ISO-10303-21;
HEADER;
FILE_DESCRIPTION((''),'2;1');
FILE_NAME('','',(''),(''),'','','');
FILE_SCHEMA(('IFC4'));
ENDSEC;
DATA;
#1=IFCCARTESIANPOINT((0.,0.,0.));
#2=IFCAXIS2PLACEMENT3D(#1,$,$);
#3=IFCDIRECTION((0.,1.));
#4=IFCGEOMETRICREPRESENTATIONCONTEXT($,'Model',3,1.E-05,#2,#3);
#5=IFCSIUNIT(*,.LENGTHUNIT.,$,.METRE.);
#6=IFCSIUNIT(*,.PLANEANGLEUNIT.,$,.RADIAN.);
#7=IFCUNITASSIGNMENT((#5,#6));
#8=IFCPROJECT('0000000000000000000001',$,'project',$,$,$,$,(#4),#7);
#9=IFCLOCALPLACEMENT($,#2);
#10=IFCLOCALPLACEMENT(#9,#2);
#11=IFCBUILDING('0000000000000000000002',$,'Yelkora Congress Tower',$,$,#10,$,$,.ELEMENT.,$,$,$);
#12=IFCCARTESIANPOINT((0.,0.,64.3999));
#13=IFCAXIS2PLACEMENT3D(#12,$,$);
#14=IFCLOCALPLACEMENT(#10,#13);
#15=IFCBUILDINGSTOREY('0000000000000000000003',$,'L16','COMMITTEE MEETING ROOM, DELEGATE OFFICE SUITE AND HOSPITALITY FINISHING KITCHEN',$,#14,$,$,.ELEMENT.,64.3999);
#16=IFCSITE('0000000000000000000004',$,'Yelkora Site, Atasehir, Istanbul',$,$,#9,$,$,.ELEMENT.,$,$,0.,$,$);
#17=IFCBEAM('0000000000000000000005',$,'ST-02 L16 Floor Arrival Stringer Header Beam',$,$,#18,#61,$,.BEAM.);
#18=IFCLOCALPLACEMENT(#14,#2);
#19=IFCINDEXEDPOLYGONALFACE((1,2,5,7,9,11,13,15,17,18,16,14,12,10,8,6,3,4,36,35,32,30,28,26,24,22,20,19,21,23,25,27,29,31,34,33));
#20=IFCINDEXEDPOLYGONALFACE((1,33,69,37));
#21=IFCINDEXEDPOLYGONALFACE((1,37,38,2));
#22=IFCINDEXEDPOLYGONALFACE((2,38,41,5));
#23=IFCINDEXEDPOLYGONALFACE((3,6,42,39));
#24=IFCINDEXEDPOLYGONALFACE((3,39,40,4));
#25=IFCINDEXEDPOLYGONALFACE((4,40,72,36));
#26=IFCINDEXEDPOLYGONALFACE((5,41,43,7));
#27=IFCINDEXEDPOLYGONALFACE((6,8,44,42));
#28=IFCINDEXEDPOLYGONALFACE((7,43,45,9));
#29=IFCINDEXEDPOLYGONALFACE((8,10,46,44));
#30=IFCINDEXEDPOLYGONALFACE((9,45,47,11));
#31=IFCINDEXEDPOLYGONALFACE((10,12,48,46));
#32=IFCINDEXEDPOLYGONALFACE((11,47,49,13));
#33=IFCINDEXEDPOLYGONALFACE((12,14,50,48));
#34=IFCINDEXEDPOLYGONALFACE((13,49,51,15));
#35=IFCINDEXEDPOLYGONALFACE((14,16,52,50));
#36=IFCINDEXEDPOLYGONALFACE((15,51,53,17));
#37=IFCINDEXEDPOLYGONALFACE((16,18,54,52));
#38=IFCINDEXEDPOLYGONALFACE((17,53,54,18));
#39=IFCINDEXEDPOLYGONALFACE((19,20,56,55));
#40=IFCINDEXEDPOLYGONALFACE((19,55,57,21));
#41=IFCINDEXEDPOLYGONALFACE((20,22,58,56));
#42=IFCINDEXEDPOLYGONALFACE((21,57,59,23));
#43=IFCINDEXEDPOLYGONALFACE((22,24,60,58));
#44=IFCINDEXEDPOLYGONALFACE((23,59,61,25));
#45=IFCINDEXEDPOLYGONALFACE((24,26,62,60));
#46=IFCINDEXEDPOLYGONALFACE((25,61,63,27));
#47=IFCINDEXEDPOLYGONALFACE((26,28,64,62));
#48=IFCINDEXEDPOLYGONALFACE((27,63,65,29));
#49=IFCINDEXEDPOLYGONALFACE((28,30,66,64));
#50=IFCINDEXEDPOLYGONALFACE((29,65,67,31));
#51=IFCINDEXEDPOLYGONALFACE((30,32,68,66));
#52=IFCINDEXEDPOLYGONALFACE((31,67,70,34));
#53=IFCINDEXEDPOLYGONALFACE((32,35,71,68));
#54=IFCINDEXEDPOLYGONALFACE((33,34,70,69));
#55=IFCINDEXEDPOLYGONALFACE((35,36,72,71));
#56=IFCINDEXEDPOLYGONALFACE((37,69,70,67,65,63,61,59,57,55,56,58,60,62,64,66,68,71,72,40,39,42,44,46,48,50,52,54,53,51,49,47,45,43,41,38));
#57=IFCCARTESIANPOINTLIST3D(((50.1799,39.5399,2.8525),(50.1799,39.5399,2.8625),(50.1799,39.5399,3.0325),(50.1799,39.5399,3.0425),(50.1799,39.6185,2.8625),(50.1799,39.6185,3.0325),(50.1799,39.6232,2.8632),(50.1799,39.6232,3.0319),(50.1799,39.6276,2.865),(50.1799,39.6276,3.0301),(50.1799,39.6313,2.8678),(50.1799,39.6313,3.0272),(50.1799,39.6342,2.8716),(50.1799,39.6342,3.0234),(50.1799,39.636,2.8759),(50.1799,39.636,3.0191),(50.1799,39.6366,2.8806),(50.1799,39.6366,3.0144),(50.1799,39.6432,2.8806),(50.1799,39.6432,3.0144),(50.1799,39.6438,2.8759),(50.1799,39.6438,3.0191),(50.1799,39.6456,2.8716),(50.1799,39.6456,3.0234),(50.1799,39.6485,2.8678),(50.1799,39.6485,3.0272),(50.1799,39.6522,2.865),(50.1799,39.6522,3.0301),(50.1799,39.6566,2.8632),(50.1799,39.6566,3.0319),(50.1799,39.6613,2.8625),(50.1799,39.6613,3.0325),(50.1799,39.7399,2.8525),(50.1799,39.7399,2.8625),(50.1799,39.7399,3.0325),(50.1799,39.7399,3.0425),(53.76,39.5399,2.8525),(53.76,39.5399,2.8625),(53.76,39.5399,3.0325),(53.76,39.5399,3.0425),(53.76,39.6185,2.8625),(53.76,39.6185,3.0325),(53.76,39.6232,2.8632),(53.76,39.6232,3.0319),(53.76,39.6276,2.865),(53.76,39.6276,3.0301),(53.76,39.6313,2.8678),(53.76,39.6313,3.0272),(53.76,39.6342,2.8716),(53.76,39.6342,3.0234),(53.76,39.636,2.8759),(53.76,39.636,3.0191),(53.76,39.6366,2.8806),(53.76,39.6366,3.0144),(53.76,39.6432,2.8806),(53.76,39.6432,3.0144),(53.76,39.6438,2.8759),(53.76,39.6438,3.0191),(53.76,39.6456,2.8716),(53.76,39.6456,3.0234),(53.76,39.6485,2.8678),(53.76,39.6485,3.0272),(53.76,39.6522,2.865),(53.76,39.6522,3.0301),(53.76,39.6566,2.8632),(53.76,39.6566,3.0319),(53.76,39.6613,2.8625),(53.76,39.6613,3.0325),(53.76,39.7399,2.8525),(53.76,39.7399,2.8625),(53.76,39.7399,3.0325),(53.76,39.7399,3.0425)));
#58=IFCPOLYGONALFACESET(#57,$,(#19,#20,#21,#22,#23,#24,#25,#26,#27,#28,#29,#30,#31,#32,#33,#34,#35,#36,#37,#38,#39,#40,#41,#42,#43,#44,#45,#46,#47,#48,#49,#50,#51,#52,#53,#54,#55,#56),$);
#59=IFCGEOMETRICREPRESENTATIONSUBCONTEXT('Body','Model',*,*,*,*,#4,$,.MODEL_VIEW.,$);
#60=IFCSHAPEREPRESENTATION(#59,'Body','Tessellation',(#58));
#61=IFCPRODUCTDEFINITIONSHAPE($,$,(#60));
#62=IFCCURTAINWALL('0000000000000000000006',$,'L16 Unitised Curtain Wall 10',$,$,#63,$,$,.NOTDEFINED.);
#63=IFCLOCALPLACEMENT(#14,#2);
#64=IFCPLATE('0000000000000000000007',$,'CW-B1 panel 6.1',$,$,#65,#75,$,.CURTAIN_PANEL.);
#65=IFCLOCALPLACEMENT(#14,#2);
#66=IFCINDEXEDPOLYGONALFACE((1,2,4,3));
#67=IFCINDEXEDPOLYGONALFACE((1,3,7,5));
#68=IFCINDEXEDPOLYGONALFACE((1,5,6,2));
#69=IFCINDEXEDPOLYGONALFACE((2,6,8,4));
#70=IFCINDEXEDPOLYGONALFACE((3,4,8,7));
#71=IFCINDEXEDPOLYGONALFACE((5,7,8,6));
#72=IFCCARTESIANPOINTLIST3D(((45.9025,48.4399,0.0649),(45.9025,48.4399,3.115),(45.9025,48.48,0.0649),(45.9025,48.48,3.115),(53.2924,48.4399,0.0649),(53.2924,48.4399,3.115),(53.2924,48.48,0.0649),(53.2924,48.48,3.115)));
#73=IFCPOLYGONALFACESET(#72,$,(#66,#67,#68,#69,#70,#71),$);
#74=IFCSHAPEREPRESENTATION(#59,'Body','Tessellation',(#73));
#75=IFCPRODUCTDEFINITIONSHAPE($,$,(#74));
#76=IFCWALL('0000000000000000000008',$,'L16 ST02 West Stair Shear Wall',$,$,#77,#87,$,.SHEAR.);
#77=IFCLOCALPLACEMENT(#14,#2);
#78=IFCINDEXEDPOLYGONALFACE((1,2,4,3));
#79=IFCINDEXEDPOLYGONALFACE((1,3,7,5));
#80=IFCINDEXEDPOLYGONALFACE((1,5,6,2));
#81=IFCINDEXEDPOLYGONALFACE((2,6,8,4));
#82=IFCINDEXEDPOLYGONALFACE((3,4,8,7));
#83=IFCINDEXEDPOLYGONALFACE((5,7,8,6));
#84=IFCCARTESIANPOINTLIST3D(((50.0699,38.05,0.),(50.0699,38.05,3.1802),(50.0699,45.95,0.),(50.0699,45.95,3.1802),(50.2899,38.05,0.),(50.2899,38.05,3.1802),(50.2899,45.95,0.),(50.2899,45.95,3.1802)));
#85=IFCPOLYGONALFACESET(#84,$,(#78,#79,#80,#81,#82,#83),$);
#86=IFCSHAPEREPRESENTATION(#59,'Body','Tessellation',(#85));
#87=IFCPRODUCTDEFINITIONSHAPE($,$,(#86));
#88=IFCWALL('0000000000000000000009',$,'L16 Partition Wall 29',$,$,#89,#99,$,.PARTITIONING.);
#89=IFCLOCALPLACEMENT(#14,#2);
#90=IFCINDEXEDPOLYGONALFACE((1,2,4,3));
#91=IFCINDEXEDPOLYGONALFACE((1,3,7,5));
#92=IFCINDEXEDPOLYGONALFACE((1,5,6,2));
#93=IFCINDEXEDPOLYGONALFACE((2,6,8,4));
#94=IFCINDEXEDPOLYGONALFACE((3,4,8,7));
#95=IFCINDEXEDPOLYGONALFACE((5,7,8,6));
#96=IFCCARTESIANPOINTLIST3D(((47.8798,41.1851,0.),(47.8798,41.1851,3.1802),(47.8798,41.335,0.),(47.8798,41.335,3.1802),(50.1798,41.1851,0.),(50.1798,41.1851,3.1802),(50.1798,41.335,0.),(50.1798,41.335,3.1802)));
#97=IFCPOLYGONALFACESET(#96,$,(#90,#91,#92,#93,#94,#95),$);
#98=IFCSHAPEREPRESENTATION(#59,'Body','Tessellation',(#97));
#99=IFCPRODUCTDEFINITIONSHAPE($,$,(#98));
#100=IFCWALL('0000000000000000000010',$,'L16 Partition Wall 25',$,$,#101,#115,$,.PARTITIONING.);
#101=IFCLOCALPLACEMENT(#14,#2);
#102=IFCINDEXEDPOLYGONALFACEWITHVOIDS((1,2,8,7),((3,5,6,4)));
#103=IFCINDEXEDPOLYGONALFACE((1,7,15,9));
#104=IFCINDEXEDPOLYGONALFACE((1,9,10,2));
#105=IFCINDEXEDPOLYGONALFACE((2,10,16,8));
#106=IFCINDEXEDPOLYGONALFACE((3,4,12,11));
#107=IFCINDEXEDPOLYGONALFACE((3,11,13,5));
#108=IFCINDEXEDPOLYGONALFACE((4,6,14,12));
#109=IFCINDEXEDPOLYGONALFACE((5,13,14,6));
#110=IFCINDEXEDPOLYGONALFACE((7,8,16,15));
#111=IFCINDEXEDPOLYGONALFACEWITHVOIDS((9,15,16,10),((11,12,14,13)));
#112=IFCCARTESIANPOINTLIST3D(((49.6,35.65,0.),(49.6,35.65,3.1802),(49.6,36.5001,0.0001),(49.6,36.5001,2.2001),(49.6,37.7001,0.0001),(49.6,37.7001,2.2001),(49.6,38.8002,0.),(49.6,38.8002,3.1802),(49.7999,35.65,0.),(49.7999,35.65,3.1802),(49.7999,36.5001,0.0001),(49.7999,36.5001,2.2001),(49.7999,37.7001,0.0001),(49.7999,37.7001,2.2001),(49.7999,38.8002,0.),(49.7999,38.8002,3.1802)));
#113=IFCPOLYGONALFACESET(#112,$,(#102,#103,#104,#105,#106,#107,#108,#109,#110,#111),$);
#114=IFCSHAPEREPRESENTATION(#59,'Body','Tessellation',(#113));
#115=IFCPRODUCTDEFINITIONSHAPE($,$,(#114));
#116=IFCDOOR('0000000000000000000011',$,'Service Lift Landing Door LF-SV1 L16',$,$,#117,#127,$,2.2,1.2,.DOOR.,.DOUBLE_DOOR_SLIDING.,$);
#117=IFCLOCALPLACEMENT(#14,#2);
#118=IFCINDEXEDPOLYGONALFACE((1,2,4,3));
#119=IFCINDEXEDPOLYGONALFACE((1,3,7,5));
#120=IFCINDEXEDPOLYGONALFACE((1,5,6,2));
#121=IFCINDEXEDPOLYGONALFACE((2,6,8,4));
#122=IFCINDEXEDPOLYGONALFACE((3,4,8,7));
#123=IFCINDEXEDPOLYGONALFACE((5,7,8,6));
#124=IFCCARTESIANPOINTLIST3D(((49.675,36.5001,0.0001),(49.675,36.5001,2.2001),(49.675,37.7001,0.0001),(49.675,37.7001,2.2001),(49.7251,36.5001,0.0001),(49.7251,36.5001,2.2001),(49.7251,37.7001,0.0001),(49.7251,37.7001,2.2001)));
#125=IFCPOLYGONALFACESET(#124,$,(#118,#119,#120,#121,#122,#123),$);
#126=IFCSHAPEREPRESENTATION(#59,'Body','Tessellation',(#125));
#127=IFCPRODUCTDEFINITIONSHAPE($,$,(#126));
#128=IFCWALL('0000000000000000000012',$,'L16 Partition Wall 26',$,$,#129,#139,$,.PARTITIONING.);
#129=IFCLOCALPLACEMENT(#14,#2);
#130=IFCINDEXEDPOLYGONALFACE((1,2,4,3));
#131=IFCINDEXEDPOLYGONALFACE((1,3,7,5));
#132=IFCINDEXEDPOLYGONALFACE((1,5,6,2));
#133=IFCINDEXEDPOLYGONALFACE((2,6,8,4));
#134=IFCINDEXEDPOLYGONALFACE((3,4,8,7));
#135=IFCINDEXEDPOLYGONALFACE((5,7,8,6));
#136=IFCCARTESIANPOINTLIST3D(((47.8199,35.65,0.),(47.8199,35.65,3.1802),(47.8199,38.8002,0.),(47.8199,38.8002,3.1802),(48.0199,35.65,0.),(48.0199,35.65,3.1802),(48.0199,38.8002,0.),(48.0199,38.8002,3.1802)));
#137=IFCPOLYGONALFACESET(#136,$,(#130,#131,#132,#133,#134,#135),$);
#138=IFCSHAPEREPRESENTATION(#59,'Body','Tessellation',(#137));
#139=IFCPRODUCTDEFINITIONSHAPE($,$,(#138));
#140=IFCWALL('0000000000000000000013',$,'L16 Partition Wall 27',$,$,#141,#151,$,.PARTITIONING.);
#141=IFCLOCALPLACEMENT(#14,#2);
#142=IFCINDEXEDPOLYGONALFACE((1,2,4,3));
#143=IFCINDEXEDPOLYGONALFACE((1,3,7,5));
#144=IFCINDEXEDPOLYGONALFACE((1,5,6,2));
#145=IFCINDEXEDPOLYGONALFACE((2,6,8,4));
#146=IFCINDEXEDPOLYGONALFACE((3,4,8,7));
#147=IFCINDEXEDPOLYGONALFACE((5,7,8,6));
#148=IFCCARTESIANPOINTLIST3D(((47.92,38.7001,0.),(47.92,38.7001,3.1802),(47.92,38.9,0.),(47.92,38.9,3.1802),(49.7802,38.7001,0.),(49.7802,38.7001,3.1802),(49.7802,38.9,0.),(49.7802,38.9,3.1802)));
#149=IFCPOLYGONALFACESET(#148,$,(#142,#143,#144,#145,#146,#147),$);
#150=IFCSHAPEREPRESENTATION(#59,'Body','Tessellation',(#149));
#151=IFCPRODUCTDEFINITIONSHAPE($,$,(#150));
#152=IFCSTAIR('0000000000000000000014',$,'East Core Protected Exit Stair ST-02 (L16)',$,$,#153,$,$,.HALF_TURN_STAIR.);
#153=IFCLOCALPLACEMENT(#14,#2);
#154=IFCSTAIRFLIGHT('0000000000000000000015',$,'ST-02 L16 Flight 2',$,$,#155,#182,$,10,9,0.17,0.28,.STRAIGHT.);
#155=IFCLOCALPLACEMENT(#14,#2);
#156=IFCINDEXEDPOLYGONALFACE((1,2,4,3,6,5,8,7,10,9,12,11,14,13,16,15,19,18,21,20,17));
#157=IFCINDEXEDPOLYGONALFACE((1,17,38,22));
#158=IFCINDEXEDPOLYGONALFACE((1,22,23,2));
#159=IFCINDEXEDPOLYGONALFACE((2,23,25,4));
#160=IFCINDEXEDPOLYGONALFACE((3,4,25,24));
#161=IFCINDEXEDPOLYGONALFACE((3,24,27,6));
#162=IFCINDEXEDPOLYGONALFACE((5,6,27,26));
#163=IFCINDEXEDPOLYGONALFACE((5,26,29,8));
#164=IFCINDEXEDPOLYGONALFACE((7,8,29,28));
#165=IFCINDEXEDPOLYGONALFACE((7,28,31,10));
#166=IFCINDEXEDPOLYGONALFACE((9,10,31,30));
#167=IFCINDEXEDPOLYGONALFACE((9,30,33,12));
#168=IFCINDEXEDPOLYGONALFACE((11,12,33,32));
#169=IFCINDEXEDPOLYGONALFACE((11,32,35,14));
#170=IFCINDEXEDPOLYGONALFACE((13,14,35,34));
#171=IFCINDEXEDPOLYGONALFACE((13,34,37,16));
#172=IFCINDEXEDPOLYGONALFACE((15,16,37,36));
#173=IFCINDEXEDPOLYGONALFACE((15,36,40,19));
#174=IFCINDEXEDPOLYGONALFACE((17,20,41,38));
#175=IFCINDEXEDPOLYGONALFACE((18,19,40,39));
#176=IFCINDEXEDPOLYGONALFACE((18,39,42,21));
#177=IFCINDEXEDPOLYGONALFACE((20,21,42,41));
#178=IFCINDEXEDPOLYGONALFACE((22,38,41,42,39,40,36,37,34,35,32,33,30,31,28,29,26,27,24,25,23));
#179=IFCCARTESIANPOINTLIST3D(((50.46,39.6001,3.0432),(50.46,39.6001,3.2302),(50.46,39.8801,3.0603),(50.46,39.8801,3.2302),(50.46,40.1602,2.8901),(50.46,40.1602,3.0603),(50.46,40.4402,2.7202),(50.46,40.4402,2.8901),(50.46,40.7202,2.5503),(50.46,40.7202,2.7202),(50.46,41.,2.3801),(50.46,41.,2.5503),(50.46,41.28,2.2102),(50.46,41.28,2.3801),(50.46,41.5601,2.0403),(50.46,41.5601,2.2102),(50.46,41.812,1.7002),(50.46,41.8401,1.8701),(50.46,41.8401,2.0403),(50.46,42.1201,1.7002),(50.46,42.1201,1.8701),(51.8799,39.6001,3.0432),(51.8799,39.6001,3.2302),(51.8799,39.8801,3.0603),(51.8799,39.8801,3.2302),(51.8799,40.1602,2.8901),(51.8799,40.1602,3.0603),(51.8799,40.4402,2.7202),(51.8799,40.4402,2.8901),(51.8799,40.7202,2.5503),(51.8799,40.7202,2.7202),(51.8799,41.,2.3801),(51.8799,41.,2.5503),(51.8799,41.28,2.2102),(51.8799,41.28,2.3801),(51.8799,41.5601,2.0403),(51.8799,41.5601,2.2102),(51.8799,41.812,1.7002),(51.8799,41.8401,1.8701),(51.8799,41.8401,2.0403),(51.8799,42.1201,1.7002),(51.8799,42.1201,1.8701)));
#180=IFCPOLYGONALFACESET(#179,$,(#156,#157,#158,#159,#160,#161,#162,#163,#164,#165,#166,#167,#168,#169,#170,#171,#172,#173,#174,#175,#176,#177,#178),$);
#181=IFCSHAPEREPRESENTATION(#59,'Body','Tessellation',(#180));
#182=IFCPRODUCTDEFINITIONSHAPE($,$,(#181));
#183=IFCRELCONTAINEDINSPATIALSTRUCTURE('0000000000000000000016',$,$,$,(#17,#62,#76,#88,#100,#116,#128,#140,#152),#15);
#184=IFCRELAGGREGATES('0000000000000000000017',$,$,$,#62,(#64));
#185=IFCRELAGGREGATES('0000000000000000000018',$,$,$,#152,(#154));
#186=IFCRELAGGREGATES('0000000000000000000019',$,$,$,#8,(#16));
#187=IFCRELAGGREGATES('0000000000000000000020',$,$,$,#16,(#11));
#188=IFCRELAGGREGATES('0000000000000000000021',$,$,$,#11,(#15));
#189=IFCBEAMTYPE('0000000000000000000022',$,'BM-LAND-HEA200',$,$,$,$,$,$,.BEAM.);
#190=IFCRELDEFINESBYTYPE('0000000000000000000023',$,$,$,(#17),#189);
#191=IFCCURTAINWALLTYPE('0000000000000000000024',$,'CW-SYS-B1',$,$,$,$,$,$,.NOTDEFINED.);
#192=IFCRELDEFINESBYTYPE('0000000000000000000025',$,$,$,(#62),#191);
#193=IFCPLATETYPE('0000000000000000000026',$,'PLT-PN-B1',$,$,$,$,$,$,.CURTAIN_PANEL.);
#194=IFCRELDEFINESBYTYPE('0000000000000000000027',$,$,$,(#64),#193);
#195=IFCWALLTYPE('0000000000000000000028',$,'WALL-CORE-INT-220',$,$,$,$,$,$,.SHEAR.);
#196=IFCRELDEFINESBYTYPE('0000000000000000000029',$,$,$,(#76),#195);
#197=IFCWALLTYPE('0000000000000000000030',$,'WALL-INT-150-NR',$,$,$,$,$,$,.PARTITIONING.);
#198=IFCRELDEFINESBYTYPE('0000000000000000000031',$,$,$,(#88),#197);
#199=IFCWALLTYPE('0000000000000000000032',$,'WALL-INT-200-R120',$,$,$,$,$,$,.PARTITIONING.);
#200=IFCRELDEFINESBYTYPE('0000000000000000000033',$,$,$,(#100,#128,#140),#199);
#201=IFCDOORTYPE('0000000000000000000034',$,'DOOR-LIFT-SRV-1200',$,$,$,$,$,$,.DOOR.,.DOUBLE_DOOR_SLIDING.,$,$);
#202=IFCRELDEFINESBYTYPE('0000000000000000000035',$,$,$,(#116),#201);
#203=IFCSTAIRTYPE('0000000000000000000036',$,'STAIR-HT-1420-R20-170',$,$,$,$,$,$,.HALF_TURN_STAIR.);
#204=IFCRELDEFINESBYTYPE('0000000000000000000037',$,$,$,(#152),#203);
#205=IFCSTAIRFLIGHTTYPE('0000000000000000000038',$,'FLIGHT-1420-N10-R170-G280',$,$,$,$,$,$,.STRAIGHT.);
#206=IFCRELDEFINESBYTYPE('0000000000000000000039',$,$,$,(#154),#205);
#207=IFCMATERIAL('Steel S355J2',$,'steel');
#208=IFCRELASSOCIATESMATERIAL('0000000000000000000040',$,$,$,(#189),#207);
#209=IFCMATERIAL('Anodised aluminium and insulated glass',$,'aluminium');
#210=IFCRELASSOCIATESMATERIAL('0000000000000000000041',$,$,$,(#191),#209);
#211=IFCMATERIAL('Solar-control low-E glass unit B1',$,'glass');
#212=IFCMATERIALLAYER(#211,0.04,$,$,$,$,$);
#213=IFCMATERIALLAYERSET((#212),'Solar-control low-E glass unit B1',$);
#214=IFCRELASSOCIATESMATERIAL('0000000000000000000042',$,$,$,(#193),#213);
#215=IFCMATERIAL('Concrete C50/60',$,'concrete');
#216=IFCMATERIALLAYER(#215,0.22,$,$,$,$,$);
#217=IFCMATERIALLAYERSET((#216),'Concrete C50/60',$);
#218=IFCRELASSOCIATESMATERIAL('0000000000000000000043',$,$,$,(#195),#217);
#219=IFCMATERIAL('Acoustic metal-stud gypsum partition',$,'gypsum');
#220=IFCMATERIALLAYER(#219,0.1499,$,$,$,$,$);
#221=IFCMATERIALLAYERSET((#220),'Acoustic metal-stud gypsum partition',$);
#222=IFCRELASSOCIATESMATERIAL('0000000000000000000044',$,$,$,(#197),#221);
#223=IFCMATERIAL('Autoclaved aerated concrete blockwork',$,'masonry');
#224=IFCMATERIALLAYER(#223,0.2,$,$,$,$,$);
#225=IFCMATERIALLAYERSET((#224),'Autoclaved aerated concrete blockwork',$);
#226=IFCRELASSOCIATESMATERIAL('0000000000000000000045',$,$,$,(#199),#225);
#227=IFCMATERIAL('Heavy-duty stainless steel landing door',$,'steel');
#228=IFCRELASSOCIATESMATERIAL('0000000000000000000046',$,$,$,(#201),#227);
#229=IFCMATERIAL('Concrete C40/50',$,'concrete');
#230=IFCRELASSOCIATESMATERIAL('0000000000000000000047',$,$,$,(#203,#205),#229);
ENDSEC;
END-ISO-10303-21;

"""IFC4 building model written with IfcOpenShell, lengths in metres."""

from ifc_helpers import new_model, si_unit, direction, frame, frame_2d, origin, origin_2d, place, context, subcontext, project, spatial, polyline, rectangle, i_section, outline, extrude, material, layer, layer_set, material_profile, profile_set, type_object, element, fill, aggregate, save


model = new_model("IFC4")

# Units and contexts
model_context = context("Model", 3, precision=1e-05, world=origin(), true_north=direction((0.0, 1.0)))
body_context = subcontext(model_context, "Body", "Model", "MODEL_VIEW")
ifc_project = project(units=[si_unit("LENGTHUNIT", "METRE"), si_unit("PLANEANGLEUNIT", "RADIAN")], contexts=[model_context])

# Site, building, storey
site_placement = place(None, origin())
site = spatial("IfcSite", under=ifc_project, at=site_placement, Name="Yelkora Site, Atasehir, Istanbul", CompositionType="ELEMENT", RefElevation=0.0)
building_placement = place(site_placement, origin())
building = spatial("IfcBuilding", under=site, at=building_placement, Name="Yelkora Congress Tower", CompositionType="ELEMENT")
storey_placement = place(building_placement, frame((0.0, 0.0, 64.3999)))
storey = spatial("IfcBuildingStorey", under=building, at=storey_placement, Name="L16", Description="COMMITTEE MEETING ROOM, DELEGATE OFFICE SUITE AND HOSPITALITY FINISHING KITCHEN", CompositionType="ELEMENT", Elevation=64.3999)

# Beam
ifc_material_1 = material(Name="Steel S355J2", Category="steel")
ifc_material_profile_1 = material_profile(ifc_material_1, i_section(OverallWidth=0.2, OverallDepth=0.1899, WebThickness=0.0066, FlangeThickness=0.01, FilletRadius=0.0181, at=origin_2d()), Name="HEA 200")
ifc_profile_set_1 = profile_set([ifc_material_profile_1], Name="Steel S355J2")
beam_type = type_object("IfcBeamType", Name="BM-LAND-HEA200", PredefinedType="BEAM", material=ifc_profile_set_1)
beam_1_placement = place(storey_placement, frame((50.1799, 39.6399, 2.9475), z_axis=(1.0, 0.0, 0.0), x_axis=(0.0, 1.0, 0.0)))
element("IfcBeam", 1, at=beam_1_placement, inside=storey, type_object=beam_type, Name="ST-02 L16 Floor Arrival Stringer Header Beam", PredefinedType="BEAM", context=body_context, shape_type="SweptSolid", body=[
    extrude(i_section(OverallWidth=0.2, OverallDepth=0.1899, WebThickness=0.0066, FlangeThickness=0.01, FilletRadius=0.0181, at=origin_2d()), origin(), (0.0, 0.0, 1.0), 3.5801),
])

# Curtain wall, plate
ifc_material_2 = material(Name="Anodised aluminium and insulated glass", Category="aluminium")
curtain_wall_type = type_object("IfcCurtainWallType", Name="CW-SYS-B1", PredefinedType="NOTDEFINED", material=ifc_material_2)
curtain_wall_placement = place(storey_placement, origin())
curtain_wall = element("IfcCurtainWall", 2, at=curtain_wall_placement, inside=storey, type_object=curtain_wall_type, Name="L16 Unitised Curtain Wall 10", PredefinedType="NOTDEFINED")
ifc_material_3 = material(Name="Solar-control low-E glass unit B1", Category="glass")
ifc_layer_1 = layer(ifc_material_3, 0.04)
ifc_layer_set_1 = layer_set([ifc_layer_1], Name="Solar-control low-E glass unit B1")
plate_type = type_object("IfcPlateType", Name="PLT-PN-B1", PredefinedType="CURTAIN_PANEL", material=ifc_layer_set_1)
plate_placement = place(storey_placement, frame((49.5974, 48.46, 0.0649), z_axis=(0.0, 0.0, 1.0), x_axis=(1.0, 0.0, 0.0)))
plate = element("IfcPlate", 3, at=plate_placement, type_object=plate_type, Name="CW-B1 panel 6.1", PredefinedType="CURTAIN_PANEL", context=body_context, shape_type="SweptSolid", body=[
    extrude(rectangle(XDim=7.3899, YDim=0.04, at=origin_2d()), origin(), (0.0, 0.0, 1.0), 3.05),
])
aggregate(curtain_wall, [plate])

# Walls
ifc_material_4 = material(Name="Concrete C50/60", Category="concrete")
ifc_layer_2 = layer(ifc_material_4, 0.22)
ifc_layer_set_2 = layer_set([ifc_layer_2], Name="Concrete C50/60")
wall_type_1 = type_object("IfcWallType", Name="WALL-CORE-INT-220", PredefinedType="SHEAR", material=ifc_layer_set_2)
wall_1_placement = place(storey_placement, frame((50.1799, 38.05, 0.0), z_axis=(0.0, 0.0, 1.0), x_axis=(0.0, 1.0, 0.0)))
element("IfcWall", 4, at=wall_1_placement, inside=storey, type_object=wall_type_1, Name="L16 ST02 West Stair Shear Wall", PredefinedType="SHEAR", context=body_context, shape_type="SweptSolid", body=[
    extrude(rectangle(XDim=7.8999, YDim=0.22, at=frame_2d((3.95, 0.0))), origin(), (0.0, 0.0, 1.0), 3.1802),
])
ifc_material_5 = material(Name="Acoustic metal-stud gypsum partition", Category="gypsum")
ifc_layer_3 = layer(ifc_material_5, 0.1499)
ifc_layer_set_3 = layer_set([ifc_layer_3], Name="Acoustic metal-stud gypsum partition")
wall_type_2 = type_object("IfcWallType", Name="WALL-INT-150-NR", PredefinedType="PARTITIONING", material=ifc_layer_set_3)
wall_2_placement = place(storey_placement, frame((47.8799, 41.26, 0.0), z_axis=(0.0, 0.0, 1.0), x_axis=(1.0, 0.0, 0.0)))
element("IfcWall", 5, at=wall_2_placement, inside=storey, type_object=wall_type_2, Name="L16 Partition Wall 29", PredefinedType="PARTITIONING", context=body_context, shape_type="SweptSolid", body=[
    extrude(rectangle(XDim=2.3, YDim=0.1499, at=frame_2d((1.1499, 0.0))), origin(), (0.0, 0.0, 1.0), 3.1802),
])

# Wall, opening, door
ifc_material_6 = material(Name="Autoclaved aerated concrete blockwork", Category="masonry")
ifc_layer_4 = layer(ifc_material_6, 0.2)
ifc_layer_set_4 = layer_set([ifc_layer_4], Name="Autoclaved aerated concrete blockwork")
wall_type_3 = type_object("IfcWallType", Name="WALL-INT-200-R120", PredefinedType="PARTITIONING", material=ifc_layer_set_4)
wall_3_placement = place(storey_placement, frame((49.7, 35.6499, 0.0), z_axis=(0.0, 0.0, 1.0), x_axis=(0.0, 1.0, 0.0)))
wall_3 = element("IfcWall", 6, at=wall_3_placement, inside=storey, type_object=wall_type_3, Name="L16 Partition Wall 25", PredefinedType="PARTITIONING", context=body_context, shape_type="SweptSolid", body=[
    extrude(rectangle(XDim=3.1501, YDim=0.2, at=frame_2d((1.5752, 0.0))), origin(), (0.0, 0.0, 1.0), 3.1802),
])
opening_1_placement = place(wall_3_placement, frame((0.8501, 0.0, 0.0)))
opening_1 = element("IfcOpeningElement", 7, at=opening_1_placement, cuts=wall_3, PredefinedType="OPENING", context=body_context, shape_type="SweptSolid", body=[
    extrude(rectangle(XDim=1.2, YDim=2.2, at=frame_2d((0.6001, 1.1001))), frame((0.0, 0.1099, 0.0), z_axis=(0.0, -1.0, 0.0), x_axis=(1.0, 0.0, 0.0)), (0.0, 0.0, 1.0), 0.22),
])
ifc_material_7 = material(Name="Heavy-duty stainless steel landing door", Category="steel")
door_type_1 = type_object("IfcDoorType", Name="DOOR-LIFT-SRV-1200", OperationType="DOUBLE_DOOR_SLIDING", PredefinedType="DOOR", material=ifc_material_7)
door_1_placement = place(opening_1_placement, origin())
door_1 = element("IfcDoor", 8, at=door_1_placement, inside=storey, type_object=door_type_1, Name="Service Lift Landing Door LF-SV1 L16", OperationType="DOUBLE_DOOR_SLIDING", OverallHeight=2.2, OverallWidth=1.2, PredefinedType="DOOR", context=body_context, shape_type="SweptSolid", body=[
    extrude(rectangle(XDim=1.2, YDim=2.2, at=frame_2d((0.6001, 1.1001))), frame((0.0, 0.0249, 0.0), z_axis=(0.0, -1.0, 0.0), x_axis=(1.0, 0.0, 0.0)), (0.0, 0.0, 1.0), 0.05),
])
fill(opening_1, door_1)

# Walls
wall_4_placement = place(storey_placement, frame((47.9199, 35.6499, 0.0), z_axis=(0.0, 0.0, 1.0), x_axis=(0.0, 1.0, 0.0)))
element("IfcWall", 9, at=wall_4_placement, inside=storey, type_object=wall_type_3, Name="L16 Partition Wall 26", PredefinedType="PARTITIONING", context=body_context, shape_type="SweptSolid", body=[
    extrude(rectangle(XDim=3.1501, YDim=0.2, at=frame_2d((1.5752, 0.0))), origin(), (0.0, 0.0, 1.0), 3.1802),
])
wall_5_placement = place(storey_placement, frame((47.9199, 38.8, 0.0), z_axis=(0.0, 0.0, 1.0), x_axis=(1.0, 0.0, 0.0)))
element("IfcWall", 10, at=wall_5_placement, inside=storey, type_object=wall_type_3, Name="L16 Partition Wall 27", PredefinedType="PARTITIONING", context=body_context, shape_type="SweptSolid", body=[
    extrude(rectangle(XDim=1.8601, YDim=0.2, at=frame_2d((0.9302, 0.0))), origin(), (0.0, 0.0, 1.0), 3.1802),
])

# Stair, stair flight
ifc_material_8 = material(Name="Concrete C40/50", Category="concrete")
stair_type = type_object("IfcStairType", Name="STAIR-HT-1420-R20-170", PredefinedType="HALF_TURN_STAIR", material=ifc_material_8)
stair_placement = place(storey_placement, origin())
stair = element("IfcStair", 11, at=stair_placement, inside=storey, type_object=stair_type, Name="East Core Protected Exit Stair ST-02 (L16)", PredefinedType="HALF_TURN_STAIR")
stair_flight_type = type_object("IfcStairFlightType", Name="FLIGHT-1420-N10-R170-G280", PredefinedType="STRAIGHT", material=ifc_material_8)
stair_flight_placement = place(storey_placement, frame((51.1699, 42.1201, 1.7002), z_axis=(0.0, 0.0, 1.0), x_axis=(0.0, -1.0, 0.0)))
stair_flight = element("IfcStairFlight", 12, at=stair_flight_placement, type_object=stair_flight_type, Name="ST-02 L16 Flight 2", NumberOfRisers=10, NumberOfTreads=9, PredefinedType="STRAIGHT", RiserHeight=0.17, TreadLength=0.28, context=body_context, shape_type="SweptSolid", body=[
    extrude(outline(polyline([(0.0, 0.0), (0.0, 0.1699), (0.28, 0.1699), (0.28, 0.3401), (0.5601, 0.3401), (0.5601, 0.51), (0.8401, 0.51), (0.8401, 0.6799), (1.1201, 0.6799), (1.1201, 0.8501), (1.3999, 0.8501), (1.3999, 1.02), (1.6799, 1.02), (1.6799, 1.1899), (1.96, 1.1899), (1.96, 1.3601), (2.24, 1.3601), (2.24, 1.53), (2.52, 1.53), (2.52, 1.7), (2.52, 1.343), (0.3081, 0.0), (0.0, 0.0)])), frame((0.0, 0.71, 0.0), z_axis=(0.0, -1.0, 0.0), x_axis=(1.0, 0.0, 0.0)), (0.0, 0.0, 1.0), 1.4199),
])
aggregate(stair, [stair_flight])

save(model, "model.ifc")
